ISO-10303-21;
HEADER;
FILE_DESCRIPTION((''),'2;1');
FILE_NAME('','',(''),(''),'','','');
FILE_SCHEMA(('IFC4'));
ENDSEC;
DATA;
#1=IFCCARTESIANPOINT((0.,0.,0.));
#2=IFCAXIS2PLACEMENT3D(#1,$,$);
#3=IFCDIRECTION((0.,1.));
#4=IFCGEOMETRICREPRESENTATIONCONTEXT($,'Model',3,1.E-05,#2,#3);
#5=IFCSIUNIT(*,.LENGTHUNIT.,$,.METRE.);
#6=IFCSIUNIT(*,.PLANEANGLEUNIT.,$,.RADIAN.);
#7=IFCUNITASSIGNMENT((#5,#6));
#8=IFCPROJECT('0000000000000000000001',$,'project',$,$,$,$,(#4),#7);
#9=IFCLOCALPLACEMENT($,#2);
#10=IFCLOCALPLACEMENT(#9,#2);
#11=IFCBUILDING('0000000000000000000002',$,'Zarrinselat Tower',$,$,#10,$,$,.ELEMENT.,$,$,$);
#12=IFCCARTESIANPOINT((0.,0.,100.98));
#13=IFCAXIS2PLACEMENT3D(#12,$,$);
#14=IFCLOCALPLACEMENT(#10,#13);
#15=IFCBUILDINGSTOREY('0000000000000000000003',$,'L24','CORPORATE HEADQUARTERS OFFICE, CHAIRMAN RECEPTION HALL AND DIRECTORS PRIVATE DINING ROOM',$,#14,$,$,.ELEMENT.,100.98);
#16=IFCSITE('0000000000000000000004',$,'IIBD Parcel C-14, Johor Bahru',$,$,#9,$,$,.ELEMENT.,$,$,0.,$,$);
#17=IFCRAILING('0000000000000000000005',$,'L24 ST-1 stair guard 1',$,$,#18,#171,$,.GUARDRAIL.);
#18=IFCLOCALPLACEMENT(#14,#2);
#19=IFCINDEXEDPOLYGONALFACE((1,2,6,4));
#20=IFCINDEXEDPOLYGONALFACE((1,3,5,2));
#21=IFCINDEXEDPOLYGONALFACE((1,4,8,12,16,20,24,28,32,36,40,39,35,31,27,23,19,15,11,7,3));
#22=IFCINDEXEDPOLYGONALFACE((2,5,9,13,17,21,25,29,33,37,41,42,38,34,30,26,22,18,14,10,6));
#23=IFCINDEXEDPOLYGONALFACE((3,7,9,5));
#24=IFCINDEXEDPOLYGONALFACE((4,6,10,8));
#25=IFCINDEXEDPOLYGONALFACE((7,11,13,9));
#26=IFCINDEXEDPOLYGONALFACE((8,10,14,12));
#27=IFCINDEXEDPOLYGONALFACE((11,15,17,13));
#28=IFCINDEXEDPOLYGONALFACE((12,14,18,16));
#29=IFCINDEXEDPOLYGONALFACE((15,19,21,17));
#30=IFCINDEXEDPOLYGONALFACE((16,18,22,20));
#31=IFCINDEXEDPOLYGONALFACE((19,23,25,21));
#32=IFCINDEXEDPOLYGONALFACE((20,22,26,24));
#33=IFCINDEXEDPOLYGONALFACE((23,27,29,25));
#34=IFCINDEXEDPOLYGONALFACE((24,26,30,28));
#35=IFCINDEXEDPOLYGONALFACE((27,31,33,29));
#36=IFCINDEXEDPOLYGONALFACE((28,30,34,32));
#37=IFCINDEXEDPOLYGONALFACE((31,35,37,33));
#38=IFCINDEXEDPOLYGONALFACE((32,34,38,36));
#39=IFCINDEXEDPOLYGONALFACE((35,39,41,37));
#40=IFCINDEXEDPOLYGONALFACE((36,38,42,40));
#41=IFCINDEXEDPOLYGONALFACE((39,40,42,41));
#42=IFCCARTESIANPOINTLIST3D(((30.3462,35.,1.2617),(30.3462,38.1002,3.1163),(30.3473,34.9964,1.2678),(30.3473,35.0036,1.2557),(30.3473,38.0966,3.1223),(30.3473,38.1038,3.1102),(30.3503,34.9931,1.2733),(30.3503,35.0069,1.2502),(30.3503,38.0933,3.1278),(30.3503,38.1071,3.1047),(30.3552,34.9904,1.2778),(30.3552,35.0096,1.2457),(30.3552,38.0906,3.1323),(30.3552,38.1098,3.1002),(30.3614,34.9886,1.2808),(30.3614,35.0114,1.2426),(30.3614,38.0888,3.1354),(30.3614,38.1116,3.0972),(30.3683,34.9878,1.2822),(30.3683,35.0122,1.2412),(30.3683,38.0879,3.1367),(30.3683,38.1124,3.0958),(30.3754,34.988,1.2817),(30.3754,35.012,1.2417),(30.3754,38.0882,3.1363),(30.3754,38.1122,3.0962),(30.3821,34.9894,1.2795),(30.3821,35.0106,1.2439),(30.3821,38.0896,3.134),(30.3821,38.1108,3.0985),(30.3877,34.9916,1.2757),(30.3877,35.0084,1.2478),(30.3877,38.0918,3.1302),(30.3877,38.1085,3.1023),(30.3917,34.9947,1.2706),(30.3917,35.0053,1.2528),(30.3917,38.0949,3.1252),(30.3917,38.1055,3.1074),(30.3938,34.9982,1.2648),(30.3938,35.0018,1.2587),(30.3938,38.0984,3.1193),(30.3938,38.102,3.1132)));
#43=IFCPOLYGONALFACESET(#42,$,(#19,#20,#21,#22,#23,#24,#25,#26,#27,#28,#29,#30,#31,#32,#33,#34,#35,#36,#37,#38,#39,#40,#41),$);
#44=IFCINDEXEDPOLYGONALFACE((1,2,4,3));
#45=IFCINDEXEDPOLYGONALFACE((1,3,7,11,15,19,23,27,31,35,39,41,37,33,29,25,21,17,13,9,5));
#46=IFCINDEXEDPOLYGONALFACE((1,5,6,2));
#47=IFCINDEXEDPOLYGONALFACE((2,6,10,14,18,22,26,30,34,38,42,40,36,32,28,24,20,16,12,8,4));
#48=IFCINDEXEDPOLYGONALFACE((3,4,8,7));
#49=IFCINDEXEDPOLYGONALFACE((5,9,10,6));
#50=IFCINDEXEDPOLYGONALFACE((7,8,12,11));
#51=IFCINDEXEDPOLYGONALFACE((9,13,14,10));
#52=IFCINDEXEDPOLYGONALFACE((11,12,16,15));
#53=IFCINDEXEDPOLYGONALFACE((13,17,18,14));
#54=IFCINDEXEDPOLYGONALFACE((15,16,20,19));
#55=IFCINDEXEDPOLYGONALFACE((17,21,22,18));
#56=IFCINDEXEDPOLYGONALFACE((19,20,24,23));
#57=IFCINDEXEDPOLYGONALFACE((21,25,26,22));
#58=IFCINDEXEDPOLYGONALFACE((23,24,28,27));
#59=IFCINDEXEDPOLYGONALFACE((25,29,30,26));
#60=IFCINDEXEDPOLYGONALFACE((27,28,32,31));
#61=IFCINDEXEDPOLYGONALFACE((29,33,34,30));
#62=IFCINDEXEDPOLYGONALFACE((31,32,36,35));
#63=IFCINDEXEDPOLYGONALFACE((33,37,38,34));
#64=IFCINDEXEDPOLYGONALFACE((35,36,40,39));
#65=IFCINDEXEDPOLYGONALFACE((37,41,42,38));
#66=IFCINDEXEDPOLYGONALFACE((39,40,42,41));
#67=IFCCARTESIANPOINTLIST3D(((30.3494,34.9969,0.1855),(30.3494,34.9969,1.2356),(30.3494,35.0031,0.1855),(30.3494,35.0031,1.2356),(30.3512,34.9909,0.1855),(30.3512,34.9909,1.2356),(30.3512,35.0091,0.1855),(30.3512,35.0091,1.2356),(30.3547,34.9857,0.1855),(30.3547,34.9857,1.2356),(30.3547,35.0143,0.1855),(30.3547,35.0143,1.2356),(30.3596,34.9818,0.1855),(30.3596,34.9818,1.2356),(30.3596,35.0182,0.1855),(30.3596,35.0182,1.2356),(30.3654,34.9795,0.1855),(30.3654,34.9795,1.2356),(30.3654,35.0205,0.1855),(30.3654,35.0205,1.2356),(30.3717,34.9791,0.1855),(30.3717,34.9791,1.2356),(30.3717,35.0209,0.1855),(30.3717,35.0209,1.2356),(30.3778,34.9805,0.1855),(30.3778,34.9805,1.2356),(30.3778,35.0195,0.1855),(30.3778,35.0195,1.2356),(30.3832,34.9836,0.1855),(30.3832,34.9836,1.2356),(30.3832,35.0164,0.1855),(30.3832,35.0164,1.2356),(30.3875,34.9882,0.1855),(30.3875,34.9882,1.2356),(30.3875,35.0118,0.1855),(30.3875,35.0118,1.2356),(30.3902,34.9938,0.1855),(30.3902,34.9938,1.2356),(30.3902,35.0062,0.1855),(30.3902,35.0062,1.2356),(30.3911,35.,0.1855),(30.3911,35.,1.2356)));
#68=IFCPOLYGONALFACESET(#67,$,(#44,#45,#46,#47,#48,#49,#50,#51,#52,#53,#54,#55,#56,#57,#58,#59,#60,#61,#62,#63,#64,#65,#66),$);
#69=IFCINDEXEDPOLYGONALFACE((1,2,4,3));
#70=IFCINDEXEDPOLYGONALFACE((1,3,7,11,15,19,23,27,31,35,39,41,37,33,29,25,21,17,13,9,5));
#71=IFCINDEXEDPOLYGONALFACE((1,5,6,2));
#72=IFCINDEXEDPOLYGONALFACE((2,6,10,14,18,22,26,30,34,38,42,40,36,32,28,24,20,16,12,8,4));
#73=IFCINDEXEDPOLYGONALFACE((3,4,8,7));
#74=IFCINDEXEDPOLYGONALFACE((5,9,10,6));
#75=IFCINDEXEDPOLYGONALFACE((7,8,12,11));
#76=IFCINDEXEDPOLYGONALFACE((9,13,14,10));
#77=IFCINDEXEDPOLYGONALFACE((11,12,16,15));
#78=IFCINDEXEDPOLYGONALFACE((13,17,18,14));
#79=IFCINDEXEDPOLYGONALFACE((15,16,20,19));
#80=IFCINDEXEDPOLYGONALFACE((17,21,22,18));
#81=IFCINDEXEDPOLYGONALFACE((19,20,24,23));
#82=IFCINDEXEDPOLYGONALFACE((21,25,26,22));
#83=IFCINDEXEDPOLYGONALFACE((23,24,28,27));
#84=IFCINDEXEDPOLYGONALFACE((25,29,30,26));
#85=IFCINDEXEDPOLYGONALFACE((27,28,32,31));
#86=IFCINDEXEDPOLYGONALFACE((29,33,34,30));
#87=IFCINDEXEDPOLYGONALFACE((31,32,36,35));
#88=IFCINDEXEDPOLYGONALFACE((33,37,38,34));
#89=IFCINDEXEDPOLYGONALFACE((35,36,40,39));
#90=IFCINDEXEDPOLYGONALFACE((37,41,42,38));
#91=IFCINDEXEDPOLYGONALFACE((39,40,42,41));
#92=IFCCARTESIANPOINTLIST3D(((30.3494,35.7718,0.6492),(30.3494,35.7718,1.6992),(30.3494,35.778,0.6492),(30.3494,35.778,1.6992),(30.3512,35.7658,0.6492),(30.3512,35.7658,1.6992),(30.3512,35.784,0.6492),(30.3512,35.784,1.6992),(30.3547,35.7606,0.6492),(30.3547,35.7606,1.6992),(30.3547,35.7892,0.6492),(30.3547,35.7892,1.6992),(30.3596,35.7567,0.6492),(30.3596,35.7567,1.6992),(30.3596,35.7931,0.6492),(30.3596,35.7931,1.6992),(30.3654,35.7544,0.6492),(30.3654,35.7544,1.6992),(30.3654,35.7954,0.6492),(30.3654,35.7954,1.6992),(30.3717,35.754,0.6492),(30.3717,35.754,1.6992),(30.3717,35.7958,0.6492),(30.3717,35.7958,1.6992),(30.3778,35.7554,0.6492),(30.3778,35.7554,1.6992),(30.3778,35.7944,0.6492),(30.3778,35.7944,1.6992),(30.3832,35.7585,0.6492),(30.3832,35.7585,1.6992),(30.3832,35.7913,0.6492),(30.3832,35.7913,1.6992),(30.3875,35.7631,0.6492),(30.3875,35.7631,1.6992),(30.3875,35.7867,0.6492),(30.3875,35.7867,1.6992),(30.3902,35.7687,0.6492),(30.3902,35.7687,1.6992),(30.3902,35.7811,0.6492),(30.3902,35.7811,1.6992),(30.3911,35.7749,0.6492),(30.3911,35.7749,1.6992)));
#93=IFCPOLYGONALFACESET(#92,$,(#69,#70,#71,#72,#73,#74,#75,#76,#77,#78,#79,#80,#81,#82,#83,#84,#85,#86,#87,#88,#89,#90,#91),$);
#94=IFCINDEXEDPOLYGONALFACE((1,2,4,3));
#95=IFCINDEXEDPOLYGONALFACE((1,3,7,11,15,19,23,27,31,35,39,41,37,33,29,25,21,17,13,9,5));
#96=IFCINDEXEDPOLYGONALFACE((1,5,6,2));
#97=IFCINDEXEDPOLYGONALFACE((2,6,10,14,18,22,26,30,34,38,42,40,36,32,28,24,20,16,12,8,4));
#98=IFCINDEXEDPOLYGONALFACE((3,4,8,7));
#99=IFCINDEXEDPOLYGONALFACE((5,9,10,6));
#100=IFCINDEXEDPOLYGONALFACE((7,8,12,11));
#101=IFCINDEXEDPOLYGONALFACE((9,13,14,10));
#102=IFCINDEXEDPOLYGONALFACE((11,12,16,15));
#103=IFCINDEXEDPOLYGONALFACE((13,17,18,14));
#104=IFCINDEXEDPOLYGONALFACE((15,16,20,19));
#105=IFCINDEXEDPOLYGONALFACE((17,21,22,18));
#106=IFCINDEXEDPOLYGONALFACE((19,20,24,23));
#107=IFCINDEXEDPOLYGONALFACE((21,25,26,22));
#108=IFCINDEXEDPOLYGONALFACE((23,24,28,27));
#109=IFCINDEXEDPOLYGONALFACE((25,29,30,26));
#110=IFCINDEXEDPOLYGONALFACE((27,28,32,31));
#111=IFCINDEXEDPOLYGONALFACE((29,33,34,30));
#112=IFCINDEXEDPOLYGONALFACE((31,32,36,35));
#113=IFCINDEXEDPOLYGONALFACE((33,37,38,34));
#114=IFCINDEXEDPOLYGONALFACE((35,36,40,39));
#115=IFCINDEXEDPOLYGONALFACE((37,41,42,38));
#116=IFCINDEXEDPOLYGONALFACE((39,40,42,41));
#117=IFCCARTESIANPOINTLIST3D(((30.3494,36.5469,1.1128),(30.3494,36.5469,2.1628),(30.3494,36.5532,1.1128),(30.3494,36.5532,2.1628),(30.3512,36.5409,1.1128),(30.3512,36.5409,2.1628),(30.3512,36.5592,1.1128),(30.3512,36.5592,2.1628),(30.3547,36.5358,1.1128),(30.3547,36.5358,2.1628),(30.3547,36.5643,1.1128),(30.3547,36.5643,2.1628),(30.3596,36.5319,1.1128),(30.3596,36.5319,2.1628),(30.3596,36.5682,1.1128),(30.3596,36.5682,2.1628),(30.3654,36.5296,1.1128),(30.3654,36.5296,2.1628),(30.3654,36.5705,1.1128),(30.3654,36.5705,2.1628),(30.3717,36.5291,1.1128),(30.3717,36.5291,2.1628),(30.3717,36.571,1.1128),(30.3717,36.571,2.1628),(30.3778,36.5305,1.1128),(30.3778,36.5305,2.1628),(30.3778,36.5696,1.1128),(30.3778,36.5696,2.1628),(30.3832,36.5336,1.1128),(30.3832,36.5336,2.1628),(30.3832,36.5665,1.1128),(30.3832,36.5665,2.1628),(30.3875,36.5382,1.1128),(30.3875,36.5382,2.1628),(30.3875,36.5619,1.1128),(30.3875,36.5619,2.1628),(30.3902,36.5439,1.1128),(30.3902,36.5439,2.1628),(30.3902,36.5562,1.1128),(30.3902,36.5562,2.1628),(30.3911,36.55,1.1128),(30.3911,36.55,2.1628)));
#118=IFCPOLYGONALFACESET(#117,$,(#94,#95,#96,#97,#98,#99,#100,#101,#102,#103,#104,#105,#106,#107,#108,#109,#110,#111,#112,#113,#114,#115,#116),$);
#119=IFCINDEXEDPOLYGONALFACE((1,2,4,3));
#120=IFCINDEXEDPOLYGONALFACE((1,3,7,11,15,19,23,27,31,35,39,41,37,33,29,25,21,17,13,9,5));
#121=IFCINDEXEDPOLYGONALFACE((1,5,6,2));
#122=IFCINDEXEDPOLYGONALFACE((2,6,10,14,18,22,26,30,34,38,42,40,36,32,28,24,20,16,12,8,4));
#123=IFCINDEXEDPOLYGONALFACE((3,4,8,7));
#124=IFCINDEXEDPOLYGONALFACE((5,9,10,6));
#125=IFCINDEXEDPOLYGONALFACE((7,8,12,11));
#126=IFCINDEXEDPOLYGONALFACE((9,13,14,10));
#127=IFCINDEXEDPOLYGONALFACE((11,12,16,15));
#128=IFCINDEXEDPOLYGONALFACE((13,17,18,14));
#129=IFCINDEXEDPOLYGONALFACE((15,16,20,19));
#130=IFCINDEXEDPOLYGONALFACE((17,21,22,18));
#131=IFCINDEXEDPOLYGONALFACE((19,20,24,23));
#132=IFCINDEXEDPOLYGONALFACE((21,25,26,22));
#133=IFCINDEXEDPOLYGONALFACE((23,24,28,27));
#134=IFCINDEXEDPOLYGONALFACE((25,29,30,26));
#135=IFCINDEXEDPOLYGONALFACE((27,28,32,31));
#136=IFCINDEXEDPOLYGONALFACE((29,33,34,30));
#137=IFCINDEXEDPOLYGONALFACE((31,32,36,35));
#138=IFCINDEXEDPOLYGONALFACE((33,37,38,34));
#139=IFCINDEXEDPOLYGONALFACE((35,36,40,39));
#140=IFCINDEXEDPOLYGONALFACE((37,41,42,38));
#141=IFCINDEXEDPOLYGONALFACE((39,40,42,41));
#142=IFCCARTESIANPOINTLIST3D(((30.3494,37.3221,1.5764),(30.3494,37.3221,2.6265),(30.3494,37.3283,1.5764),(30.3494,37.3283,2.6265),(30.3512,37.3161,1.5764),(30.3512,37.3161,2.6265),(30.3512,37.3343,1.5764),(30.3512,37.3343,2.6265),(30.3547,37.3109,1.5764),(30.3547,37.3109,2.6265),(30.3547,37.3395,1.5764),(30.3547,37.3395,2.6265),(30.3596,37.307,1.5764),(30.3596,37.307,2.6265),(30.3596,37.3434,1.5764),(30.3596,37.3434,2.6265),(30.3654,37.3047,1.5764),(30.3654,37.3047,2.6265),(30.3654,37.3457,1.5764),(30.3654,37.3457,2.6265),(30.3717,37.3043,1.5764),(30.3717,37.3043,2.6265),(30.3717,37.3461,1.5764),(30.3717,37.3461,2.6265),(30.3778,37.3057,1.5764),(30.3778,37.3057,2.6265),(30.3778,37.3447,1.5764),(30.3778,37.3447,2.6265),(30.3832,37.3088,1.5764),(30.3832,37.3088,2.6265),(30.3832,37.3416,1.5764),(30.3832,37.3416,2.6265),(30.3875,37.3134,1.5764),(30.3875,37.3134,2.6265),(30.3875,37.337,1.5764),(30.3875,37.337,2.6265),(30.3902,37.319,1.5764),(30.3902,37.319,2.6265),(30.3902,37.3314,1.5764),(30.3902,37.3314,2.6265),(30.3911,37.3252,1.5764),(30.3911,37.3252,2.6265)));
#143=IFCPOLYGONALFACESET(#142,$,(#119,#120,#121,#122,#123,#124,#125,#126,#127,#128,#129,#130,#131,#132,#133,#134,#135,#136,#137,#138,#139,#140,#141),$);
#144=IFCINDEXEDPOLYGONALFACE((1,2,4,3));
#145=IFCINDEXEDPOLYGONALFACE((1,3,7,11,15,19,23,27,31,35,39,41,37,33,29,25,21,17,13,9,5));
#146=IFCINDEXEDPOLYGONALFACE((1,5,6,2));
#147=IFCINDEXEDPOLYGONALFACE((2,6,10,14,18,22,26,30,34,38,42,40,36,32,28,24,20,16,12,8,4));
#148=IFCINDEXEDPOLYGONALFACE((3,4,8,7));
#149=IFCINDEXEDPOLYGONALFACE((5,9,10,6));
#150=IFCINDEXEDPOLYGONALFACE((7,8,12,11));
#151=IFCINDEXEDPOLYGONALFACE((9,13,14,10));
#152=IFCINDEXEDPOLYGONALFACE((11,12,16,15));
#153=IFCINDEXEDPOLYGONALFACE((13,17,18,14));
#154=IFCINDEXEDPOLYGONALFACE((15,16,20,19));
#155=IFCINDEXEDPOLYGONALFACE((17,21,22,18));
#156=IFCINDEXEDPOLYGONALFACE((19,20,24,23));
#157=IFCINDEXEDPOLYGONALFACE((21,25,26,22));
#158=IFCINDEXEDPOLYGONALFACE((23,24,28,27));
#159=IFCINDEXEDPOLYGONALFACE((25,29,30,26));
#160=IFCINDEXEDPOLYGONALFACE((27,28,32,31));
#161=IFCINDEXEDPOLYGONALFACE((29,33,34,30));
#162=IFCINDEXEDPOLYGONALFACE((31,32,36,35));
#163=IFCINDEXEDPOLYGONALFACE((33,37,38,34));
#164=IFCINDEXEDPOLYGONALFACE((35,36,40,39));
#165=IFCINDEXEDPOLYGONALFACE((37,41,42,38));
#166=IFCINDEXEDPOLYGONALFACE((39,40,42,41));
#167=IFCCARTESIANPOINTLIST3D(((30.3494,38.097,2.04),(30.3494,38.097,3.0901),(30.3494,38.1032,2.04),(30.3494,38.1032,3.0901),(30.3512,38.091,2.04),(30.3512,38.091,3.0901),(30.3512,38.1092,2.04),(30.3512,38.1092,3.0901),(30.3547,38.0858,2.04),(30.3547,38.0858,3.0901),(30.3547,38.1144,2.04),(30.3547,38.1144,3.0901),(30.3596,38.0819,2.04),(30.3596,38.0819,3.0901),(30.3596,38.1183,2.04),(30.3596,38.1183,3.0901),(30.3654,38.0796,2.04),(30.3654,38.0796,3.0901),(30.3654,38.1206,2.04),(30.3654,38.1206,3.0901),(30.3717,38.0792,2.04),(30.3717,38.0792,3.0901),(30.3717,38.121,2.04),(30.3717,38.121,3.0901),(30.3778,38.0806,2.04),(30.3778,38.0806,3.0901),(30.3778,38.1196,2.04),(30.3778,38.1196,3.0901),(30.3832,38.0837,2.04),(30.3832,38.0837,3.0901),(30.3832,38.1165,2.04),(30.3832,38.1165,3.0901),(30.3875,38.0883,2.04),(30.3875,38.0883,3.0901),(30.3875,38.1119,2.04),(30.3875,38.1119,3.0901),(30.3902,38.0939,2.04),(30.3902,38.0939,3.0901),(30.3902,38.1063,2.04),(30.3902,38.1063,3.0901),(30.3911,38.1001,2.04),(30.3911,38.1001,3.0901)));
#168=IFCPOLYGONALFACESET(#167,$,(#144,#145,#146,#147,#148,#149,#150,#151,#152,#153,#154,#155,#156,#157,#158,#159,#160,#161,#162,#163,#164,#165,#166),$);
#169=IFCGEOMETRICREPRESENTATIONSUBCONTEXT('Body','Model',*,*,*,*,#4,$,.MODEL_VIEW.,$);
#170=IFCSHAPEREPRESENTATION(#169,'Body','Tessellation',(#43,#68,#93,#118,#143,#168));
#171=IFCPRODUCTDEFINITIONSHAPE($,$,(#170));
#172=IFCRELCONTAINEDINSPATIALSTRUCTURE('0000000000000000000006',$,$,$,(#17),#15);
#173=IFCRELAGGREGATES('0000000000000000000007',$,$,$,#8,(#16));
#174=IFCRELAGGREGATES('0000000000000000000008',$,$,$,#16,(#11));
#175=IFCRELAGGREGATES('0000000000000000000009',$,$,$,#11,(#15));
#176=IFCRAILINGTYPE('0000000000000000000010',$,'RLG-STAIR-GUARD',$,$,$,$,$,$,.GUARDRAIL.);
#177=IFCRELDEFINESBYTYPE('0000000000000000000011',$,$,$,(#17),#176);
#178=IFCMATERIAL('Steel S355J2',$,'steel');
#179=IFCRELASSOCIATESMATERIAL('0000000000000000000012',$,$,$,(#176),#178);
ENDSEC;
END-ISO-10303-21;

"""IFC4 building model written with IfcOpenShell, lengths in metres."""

from ifc_helpers import new_model, si_unit, direction, frame, origin, origin_2d, place, context, subcontext, project, spatial, circle, extrude, material, type_object, element, save


model = new_model("IFC4")

# Units and contexts
model_context = context("Model", 3, precision=1e-05, world=origin(), true_north=direction((0.0, 1.0)))
body_context = subcontext(model_context, "Body", "Model", "MODEL_VIEW")
ifc_project = project(units=[si_unit("LENGTHUNIT", "METRE"), si_unit("PLANEANGLEUNIT", "RADIAN")], contexts=[model_context])

# Site, building, storey
site_placement = place(None, origin())
site = spatial("IfcSite", under=ifc_project, at=site_placement, Name="IIBD Parcel C-14, Johor Bahru", CompositionType="ELEMENT", RefElevation=0.0)
building_placement = place(site_placement, origin())
building = spatial("IfcBuilding", under=site, at=building_placement, Name="Zarrinselat Tower", CompositionType="ELEMENT")
storey_placement = place(building_placement, frame((0.0, 0.0, 100.98)))
storey = spatial("IfcBuildingStorey", under=building, at=storey_placement, Name="L24", Description="CORPORATE HEADQUARTERS OFFICE, CHAIRMAN RECEPTION HALL AND DIRECTORS PRIVATE DINING ROOM", CompositionType="ELEMENT", Elevation=100.98)

# Railing
ifc_material_1 = material(Name="Steel S355J2", Category="steel")
railing_type_1 = type_object("IfcRailingType", Name="RLG-STAIR-GUARD", PredefinedType="GUARDRAIL", material=ifc_material_1)
railing_1_placement = place(storey_placement, frame((30.3701, 35.0, 0.1855)))
element("IfcRailing", 1, at=railing_1_placement, inside=storey, type_object=railing_type_1, Name="L24 ST-1 stair guard 1", PredefinedType="GUARDRAIL", context=body_context, shape_type="SweptSolid", body=[
    extrude(circle(Radius=0.0239, at=origin_2d()), frame((0.0, 0.0, 1.0762), z_axis=(0.0, 0.858172, 0.513362), x_axis=(-1.0, 0.0, 0.0)), (0.0, 0.0, 1.0), 3.6125),
    extrude(circle(Radius=0.021, at=origin_2d()), origin(), (0.0, 0.0, 1.0), 1.05),
    extrude(circle(Radius=0.021, at=origin_2d()), frame((0.0, 0.7749, 0.4636)), (0.0, 0.0, 1.0), 1.05),
    extrude(circle(Radius=0.021, at=origin_2d()), frame((0.0, 1.55, 0.9272)), (0.0, 0.0, 1.0), 1.05),
    extrude(circle(Radius=0.021, at=origin_2d()), frame((0.0, 2.3252, 1.3909)), (0.0, 0.0, 1.0), 1.05),
    extrude(circle(Radius=0.021, at=origin_2d()), frame((0.0, 3.1001, 1.8545)), (0.0, 0.0, 1.0), 1.05),
])

save(model, "model.ifc")
